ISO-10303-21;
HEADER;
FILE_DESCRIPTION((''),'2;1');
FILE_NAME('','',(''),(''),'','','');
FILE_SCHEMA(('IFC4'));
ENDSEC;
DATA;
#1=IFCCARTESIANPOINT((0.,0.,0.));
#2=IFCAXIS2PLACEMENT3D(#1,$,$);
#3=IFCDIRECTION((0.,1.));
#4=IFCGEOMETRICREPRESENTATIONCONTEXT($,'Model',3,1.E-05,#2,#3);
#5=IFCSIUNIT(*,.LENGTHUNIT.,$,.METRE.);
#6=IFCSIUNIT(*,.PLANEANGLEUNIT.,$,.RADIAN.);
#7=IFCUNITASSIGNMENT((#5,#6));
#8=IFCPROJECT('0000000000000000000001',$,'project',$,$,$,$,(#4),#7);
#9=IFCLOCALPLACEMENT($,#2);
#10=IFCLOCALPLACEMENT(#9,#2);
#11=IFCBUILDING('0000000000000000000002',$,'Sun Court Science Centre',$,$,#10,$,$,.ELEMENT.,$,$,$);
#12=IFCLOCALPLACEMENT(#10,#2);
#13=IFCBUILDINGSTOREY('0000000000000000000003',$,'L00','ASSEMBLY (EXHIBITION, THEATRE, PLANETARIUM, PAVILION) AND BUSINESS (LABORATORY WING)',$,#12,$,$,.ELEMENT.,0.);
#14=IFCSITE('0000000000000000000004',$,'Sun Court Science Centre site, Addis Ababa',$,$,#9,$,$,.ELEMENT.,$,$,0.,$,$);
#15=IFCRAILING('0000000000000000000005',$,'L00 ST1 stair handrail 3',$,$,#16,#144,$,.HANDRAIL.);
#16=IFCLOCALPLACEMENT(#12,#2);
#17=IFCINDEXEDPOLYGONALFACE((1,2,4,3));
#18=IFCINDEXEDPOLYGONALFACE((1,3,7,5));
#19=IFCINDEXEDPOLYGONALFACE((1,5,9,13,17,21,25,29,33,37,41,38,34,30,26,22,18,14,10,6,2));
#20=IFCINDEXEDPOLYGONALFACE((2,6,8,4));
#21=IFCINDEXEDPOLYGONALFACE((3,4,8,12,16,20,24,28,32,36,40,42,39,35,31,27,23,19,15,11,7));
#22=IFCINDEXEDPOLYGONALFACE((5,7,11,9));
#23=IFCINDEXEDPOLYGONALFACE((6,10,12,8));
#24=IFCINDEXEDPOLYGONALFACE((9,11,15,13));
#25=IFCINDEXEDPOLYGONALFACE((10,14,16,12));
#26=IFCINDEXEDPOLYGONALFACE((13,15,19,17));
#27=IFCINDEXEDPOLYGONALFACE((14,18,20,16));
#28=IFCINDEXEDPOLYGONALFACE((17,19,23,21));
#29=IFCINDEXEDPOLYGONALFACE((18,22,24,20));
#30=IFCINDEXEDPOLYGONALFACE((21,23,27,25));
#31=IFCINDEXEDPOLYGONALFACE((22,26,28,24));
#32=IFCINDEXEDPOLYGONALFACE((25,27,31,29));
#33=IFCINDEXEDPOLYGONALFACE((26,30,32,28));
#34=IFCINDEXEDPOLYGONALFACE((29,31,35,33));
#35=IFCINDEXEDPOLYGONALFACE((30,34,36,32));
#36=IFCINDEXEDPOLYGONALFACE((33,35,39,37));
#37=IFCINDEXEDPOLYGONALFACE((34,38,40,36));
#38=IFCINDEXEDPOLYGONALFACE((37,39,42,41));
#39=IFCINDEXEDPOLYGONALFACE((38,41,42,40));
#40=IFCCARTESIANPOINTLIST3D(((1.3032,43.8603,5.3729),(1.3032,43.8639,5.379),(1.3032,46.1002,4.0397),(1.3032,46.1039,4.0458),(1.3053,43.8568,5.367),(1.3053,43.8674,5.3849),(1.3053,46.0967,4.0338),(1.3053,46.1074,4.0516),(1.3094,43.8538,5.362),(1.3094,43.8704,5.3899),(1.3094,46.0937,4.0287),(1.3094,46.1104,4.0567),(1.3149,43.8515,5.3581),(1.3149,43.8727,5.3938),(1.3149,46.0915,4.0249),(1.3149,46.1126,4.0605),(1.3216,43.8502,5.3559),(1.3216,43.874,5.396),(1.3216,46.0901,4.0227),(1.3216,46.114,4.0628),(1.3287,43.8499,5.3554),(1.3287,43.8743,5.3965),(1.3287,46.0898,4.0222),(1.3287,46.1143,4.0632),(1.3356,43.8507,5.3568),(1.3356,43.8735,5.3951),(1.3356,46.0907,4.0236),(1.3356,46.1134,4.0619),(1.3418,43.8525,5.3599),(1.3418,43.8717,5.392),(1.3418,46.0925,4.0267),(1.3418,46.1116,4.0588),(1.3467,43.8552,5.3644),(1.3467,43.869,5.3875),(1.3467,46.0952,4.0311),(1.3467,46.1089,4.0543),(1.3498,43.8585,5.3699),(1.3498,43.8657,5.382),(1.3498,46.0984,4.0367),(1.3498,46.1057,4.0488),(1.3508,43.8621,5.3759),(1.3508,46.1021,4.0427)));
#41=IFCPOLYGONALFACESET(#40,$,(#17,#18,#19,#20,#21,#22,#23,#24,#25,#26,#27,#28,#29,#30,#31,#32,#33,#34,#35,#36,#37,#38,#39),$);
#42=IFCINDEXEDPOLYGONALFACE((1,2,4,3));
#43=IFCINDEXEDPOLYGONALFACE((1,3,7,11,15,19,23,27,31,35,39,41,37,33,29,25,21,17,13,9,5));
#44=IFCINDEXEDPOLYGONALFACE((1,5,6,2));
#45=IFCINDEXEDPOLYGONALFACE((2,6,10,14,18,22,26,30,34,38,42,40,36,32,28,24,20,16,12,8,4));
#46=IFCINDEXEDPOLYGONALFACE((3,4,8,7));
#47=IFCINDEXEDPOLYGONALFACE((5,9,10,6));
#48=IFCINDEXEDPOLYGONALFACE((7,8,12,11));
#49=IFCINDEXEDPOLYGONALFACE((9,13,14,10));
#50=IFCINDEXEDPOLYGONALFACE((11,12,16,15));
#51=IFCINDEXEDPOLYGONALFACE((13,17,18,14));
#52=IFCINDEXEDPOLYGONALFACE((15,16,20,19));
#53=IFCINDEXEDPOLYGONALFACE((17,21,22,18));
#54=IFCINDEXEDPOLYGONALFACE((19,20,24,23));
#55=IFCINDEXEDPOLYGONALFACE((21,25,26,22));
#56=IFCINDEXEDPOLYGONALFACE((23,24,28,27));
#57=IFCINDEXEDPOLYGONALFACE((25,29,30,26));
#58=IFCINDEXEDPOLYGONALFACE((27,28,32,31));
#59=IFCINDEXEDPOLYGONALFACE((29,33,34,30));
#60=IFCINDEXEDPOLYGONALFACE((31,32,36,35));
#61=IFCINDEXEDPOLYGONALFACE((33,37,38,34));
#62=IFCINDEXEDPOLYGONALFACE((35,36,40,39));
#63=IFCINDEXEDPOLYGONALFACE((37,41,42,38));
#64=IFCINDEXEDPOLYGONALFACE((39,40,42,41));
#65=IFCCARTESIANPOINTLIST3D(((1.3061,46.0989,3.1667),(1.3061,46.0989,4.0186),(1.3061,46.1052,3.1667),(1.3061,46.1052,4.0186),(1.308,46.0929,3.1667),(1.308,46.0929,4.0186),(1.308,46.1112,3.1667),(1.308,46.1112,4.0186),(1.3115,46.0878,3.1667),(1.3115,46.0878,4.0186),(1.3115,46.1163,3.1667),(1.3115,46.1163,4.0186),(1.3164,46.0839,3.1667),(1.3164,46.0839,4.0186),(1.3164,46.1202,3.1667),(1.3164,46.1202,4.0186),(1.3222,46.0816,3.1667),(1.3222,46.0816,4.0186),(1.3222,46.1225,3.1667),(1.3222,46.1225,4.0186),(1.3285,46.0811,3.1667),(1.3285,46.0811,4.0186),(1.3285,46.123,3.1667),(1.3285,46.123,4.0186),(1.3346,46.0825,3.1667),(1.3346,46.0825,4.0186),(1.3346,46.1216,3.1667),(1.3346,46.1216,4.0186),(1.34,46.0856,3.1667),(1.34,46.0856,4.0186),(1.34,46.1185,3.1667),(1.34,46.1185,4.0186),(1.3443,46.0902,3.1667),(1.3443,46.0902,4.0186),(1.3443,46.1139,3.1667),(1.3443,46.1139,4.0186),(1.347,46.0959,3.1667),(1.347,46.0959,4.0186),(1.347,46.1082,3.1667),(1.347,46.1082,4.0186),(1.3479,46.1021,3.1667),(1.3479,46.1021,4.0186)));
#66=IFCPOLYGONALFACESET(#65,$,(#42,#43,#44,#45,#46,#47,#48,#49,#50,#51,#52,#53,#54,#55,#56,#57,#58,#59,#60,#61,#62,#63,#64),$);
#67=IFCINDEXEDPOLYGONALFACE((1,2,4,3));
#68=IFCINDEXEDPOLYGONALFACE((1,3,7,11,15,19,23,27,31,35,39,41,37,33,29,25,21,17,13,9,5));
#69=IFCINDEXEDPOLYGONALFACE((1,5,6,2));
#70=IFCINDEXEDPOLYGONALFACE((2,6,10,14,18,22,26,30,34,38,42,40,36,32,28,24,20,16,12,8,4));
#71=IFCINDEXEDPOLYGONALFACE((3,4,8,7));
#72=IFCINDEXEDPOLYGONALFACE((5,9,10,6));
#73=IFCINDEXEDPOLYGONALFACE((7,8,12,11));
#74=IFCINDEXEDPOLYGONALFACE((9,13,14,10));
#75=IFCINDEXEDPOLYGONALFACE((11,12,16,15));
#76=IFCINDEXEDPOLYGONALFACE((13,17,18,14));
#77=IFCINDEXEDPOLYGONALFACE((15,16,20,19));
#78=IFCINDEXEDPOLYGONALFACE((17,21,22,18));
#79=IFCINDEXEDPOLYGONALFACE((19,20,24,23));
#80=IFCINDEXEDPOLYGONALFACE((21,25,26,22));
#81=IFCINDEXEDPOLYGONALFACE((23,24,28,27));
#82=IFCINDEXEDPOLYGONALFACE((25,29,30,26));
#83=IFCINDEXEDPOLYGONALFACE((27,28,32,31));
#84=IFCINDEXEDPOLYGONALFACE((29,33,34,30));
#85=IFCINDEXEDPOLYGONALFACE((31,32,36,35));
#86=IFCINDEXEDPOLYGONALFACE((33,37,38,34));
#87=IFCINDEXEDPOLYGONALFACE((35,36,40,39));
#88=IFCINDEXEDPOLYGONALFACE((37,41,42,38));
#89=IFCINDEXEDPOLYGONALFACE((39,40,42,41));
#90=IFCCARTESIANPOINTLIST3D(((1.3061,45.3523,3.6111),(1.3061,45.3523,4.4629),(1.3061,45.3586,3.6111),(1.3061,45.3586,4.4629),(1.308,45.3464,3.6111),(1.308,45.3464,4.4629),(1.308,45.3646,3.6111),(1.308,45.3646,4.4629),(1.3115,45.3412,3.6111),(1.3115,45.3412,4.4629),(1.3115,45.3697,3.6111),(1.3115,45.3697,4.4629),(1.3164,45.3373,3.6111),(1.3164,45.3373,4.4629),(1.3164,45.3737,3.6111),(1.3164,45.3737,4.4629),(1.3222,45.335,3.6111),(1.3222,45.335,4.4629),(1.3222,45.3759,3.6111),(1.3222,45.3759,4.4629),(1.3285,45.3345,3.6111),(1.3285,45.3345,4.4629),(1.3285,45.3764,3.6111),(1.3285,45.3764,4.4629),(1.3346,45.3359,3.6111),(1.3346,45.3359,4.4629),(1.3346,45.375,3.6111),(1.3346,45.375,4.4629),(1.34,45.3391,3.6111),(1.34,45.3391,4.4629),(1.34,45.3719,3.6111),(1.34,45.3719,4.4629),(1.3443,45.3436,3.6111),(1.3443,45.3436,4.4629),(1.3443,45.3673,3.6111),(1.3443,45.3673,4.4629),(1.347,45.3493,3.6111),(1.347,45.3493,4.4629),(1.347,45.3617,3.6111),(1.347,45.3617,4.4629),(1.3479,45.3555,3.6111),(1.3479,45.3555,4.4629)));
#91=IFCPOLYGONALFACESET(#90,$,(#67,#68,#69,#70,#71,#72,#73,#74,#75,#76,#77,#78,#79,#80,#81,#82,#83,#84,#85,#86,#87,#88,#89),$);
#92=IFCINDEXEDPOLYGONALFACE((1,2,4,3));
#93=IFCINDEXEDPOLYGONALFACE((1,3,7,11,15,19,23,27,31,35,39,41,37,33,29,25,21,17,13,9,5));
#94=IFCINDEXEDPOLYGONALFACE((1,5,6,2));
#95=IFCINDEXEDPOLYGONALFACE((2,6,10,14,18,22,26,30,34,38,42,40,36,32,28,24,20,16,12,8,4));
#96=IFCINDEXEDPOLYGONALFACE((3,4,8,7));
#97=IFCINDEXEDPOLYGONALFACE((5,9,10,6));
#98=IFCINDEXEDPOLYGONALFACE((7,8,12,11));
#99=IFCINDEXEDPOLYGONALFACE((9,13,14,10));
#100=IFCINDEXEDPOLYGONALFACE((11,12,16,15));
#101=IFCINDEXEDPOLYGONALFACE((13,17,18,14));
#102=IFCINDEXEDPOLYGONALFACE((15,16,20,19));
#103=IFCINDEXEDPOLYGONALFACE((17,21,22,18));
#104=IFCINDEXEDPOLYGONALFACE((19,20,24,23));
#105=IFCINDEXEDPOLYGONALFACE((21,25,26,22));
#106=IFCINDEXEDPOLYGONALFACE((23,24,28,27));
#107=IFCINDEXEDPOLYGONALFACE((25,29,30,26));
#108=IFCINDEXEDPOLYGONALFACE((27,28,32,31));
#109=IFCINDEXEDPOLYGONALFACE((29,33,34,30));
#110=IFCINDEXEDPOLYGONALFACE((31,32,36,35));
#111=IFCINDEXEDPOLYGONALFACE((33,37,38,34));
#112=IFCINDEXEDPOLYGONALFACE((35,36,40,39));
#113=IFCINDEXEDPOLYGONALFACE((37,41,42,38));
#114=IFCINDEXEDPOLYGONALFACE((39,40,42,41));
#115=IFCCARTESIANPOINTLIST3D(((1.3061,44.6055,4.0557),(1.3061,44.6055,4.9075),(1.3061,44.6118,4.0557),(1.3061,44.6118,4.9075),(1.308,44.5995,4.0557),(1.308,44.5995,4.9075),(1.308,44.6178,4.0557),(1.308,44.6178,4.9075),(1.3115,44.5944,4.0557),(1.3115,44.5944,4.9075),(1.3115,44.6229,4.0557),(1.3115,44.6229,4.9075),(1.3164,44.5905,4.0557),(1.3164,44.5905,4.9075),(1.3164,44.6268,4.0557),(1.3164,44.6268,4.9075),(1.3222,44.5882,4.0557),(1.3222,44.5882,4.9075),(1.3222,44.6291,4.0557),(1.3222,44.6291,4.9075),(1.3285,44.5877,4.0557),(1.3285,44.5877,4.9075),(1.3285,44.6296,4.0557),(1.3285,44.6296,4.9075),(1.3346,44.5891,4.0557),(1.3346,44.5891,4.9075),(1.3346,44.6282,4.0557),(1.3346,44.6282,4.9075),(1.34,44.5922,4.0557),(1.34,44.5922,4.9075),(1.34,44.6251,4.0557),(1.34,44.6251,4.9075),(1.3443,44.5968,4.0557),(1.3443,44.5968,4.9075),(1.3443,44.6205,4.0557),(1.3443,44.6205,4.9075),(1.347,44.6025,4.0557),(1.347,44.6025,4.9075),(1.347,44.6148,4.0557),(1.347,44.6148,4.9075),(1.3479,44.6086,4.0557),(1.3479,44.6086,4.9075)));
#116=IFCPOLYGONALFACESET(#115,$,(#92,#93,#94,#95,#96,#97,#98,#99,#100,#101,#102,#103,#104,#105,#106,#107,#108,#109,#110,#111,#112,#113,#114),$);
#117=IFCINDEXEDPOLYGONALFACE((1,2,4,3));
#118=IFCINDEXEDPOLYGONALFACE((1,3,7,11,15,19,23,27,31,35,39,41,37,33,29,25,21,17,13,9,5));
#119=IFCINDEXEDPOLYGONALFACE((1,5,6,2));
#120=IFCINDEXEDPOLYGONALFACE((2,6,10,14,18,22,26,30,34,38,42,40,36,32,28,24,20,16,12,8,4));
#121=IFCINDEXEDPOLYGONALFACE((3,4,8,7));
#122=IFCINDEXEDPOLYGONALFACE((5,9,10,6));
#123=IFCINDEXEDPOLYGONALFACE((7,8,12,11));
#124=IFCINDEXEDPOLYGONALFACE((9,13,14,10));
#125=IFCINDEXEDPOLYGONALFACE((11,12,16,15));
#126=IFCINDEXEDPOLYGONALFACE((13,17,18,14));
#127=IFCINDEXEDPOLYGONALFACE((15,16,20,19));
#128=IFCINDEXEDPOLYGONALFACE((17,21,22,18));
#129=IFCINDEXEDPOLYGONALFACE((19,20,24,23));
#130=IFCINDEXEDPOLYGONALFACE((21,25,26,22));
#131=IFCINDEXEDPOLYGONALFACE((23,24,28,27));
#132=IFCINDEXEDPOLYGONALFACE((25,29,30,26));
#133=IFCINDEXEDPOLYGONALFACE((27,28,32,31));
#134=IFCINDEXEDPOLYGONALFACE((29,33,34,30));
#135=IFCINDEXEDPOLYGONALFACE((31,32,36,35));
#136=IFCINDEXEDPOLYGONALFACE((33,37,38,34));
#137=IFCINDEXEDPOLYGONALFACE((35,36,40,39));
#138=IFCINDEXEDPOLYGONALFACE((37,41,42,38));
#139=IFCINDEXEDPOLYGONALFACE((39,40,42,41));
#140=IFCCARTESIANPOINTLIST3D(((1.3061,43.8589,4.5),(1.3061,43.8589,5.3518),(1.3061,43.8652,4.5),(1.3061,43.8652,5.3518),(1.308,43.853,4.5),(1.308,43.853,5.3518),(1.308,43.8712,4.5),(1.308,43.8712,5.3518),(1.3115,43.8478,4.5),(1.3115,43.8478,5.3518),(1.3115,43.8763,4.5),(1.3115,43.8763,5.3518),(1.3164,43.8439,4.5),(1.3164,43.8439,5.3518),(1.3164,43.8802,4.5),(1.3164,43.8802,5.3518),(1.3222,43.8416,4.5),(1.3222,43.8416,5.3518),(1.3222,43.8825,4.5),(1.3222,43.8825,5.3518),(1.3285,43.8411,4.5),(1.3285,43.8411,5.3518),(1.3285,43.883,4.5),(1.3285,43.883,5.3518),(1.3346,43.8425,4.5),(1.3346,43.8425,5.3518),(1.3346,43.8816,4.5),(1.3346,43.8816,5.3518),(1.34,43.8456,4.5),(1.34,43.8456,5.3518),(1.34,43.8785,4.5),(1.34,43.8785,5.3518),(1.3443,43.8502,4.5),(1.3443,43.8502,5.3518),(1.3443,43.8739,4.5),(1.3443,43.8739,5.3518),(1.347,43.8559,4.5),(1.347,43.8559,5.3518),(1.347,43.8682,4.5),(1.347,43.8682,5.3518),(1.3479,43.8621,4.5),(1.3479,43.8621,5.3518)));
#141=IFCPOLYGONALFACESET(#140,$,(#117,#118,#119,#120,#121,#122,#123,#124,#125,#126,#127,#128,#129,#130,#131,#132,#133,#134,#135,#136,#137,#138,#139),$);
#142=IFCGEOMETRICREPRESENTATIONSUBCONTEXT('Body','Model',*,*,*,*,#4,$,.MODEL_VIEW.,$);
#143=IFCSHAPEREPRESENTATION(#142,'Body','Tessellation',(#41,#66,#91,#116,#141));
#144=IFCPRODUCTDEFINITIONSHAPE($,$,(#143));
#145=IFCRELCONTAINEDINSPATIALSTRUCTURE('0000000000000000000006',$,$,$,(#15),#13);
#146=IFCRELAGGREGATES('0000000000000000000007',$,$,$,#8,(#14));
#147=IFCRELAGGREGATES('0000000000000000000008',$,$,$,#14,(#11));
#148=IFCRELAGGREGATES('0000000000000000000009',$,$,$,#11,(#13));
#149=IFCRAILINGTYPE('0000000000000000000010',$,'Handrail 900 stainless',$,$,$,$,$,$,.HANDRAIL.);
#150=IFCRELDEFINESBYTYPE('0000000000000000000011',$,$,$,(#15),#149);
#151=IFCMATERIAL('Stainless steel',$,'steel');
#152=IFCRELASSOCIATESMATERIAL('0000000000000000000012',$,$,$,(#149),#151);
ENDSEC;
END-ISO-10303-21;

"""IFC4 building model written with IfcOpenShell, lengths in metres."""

from ifc_helpers import new_model, si_unit, direction, frame, origin, origin_2d, place, context, subcontext, project, spatial, circle, extrude, material, type_object, element, save


model = new_model("IFC4")

# Units and contexts
model_context = context("Model", 3, precision=1e-05, world=origin(), true_north=direction((0.0, 1.0)))
body_context = subcontext(model_context, "Body", "Model", "MODEL_VIEW")
ifc_project = project(units=[si_unit("LENGTHUNIT", "METRE"), si_unit("PLANEANGLEUNIT", "RADIAN")], contexts=[model_context])

# Site, building, storey
site_placement = place(None, origin())
site = spatial("IfcSite", under=ifc_project, at=site_placement, Name="Sun Court Science Centre site, Addis Ababa", CompositionType="ELEMENT", RefElevation=0.0)
building_placement = place(site_placement, origin())
building = spatial("IfcBuilding", under=site, at=building_placement, Name="Sun Court Science Centre", CompositionType="ELEMENT")
storey_placement = place(building_placement, origin())
storey = spatial("IfcBuildingStorey", under=building, at=storey_placement, Name="L00", Description="ASSEMBLY (EXHIBITION, THEATRE, PLANETARIUM, PAVILION) AND BUSINESS (LABORATORY WING)", CompositionType="ELEMENT", Elevation=0.0)

# Railing
ifc_material_1 = material(Name="Stainless steel", Category="steel")
railing_type_1 = type_object("IfcRailingType", Name="Handrail 900 stainless", PredefinedType="HANDRAIL", material=ifc_material_1)
railing_1_placement = place(storey_placement, frame((1.3269, 46.1021, 3.1667)))
element("IfcRailing", 1, at=railing_1_placement, inside=storey, type_object=railing_type_1, Name="L00 ST1 stair handrail 3", PredefinedType="HANDRAIL", context=body_context, shape_type="SweptSolid", body=[
    extrude(circle(Radius=0.0239, at=origin_2d()), frame((0.0, 0.0, 0.876), z_axis=(0.0, -0.859306, 0.511462), x_axis=(1.0, 0.0, 0.0)), (0.0, 0.0, 1.0), 2.6067),
    extrude(circle(Radius=0.021, at=origin_2d()), origin(), (0.0, 0.0, 1.0), 0.8518),
    extrude(circle(Radius=0.021, at=origin_2d()), frame((0.0, -0.7466, 0.4443)), (0.0, 0.0, 1.0), 0.8518),
    extrude(circle(Radius=0.021, at=origin_2d()), frame((0.0, -1.4934, 0.8889)), (0.0, 0.0, 1.0), 0.8518),
    extrude(circle(Radius=0.021, at=origin_2d()), frame((0.0, -2.24, 1.3333)), (0.0, 0.0, 1.0), 0.8518),
])

save(model, "model.ifc")
